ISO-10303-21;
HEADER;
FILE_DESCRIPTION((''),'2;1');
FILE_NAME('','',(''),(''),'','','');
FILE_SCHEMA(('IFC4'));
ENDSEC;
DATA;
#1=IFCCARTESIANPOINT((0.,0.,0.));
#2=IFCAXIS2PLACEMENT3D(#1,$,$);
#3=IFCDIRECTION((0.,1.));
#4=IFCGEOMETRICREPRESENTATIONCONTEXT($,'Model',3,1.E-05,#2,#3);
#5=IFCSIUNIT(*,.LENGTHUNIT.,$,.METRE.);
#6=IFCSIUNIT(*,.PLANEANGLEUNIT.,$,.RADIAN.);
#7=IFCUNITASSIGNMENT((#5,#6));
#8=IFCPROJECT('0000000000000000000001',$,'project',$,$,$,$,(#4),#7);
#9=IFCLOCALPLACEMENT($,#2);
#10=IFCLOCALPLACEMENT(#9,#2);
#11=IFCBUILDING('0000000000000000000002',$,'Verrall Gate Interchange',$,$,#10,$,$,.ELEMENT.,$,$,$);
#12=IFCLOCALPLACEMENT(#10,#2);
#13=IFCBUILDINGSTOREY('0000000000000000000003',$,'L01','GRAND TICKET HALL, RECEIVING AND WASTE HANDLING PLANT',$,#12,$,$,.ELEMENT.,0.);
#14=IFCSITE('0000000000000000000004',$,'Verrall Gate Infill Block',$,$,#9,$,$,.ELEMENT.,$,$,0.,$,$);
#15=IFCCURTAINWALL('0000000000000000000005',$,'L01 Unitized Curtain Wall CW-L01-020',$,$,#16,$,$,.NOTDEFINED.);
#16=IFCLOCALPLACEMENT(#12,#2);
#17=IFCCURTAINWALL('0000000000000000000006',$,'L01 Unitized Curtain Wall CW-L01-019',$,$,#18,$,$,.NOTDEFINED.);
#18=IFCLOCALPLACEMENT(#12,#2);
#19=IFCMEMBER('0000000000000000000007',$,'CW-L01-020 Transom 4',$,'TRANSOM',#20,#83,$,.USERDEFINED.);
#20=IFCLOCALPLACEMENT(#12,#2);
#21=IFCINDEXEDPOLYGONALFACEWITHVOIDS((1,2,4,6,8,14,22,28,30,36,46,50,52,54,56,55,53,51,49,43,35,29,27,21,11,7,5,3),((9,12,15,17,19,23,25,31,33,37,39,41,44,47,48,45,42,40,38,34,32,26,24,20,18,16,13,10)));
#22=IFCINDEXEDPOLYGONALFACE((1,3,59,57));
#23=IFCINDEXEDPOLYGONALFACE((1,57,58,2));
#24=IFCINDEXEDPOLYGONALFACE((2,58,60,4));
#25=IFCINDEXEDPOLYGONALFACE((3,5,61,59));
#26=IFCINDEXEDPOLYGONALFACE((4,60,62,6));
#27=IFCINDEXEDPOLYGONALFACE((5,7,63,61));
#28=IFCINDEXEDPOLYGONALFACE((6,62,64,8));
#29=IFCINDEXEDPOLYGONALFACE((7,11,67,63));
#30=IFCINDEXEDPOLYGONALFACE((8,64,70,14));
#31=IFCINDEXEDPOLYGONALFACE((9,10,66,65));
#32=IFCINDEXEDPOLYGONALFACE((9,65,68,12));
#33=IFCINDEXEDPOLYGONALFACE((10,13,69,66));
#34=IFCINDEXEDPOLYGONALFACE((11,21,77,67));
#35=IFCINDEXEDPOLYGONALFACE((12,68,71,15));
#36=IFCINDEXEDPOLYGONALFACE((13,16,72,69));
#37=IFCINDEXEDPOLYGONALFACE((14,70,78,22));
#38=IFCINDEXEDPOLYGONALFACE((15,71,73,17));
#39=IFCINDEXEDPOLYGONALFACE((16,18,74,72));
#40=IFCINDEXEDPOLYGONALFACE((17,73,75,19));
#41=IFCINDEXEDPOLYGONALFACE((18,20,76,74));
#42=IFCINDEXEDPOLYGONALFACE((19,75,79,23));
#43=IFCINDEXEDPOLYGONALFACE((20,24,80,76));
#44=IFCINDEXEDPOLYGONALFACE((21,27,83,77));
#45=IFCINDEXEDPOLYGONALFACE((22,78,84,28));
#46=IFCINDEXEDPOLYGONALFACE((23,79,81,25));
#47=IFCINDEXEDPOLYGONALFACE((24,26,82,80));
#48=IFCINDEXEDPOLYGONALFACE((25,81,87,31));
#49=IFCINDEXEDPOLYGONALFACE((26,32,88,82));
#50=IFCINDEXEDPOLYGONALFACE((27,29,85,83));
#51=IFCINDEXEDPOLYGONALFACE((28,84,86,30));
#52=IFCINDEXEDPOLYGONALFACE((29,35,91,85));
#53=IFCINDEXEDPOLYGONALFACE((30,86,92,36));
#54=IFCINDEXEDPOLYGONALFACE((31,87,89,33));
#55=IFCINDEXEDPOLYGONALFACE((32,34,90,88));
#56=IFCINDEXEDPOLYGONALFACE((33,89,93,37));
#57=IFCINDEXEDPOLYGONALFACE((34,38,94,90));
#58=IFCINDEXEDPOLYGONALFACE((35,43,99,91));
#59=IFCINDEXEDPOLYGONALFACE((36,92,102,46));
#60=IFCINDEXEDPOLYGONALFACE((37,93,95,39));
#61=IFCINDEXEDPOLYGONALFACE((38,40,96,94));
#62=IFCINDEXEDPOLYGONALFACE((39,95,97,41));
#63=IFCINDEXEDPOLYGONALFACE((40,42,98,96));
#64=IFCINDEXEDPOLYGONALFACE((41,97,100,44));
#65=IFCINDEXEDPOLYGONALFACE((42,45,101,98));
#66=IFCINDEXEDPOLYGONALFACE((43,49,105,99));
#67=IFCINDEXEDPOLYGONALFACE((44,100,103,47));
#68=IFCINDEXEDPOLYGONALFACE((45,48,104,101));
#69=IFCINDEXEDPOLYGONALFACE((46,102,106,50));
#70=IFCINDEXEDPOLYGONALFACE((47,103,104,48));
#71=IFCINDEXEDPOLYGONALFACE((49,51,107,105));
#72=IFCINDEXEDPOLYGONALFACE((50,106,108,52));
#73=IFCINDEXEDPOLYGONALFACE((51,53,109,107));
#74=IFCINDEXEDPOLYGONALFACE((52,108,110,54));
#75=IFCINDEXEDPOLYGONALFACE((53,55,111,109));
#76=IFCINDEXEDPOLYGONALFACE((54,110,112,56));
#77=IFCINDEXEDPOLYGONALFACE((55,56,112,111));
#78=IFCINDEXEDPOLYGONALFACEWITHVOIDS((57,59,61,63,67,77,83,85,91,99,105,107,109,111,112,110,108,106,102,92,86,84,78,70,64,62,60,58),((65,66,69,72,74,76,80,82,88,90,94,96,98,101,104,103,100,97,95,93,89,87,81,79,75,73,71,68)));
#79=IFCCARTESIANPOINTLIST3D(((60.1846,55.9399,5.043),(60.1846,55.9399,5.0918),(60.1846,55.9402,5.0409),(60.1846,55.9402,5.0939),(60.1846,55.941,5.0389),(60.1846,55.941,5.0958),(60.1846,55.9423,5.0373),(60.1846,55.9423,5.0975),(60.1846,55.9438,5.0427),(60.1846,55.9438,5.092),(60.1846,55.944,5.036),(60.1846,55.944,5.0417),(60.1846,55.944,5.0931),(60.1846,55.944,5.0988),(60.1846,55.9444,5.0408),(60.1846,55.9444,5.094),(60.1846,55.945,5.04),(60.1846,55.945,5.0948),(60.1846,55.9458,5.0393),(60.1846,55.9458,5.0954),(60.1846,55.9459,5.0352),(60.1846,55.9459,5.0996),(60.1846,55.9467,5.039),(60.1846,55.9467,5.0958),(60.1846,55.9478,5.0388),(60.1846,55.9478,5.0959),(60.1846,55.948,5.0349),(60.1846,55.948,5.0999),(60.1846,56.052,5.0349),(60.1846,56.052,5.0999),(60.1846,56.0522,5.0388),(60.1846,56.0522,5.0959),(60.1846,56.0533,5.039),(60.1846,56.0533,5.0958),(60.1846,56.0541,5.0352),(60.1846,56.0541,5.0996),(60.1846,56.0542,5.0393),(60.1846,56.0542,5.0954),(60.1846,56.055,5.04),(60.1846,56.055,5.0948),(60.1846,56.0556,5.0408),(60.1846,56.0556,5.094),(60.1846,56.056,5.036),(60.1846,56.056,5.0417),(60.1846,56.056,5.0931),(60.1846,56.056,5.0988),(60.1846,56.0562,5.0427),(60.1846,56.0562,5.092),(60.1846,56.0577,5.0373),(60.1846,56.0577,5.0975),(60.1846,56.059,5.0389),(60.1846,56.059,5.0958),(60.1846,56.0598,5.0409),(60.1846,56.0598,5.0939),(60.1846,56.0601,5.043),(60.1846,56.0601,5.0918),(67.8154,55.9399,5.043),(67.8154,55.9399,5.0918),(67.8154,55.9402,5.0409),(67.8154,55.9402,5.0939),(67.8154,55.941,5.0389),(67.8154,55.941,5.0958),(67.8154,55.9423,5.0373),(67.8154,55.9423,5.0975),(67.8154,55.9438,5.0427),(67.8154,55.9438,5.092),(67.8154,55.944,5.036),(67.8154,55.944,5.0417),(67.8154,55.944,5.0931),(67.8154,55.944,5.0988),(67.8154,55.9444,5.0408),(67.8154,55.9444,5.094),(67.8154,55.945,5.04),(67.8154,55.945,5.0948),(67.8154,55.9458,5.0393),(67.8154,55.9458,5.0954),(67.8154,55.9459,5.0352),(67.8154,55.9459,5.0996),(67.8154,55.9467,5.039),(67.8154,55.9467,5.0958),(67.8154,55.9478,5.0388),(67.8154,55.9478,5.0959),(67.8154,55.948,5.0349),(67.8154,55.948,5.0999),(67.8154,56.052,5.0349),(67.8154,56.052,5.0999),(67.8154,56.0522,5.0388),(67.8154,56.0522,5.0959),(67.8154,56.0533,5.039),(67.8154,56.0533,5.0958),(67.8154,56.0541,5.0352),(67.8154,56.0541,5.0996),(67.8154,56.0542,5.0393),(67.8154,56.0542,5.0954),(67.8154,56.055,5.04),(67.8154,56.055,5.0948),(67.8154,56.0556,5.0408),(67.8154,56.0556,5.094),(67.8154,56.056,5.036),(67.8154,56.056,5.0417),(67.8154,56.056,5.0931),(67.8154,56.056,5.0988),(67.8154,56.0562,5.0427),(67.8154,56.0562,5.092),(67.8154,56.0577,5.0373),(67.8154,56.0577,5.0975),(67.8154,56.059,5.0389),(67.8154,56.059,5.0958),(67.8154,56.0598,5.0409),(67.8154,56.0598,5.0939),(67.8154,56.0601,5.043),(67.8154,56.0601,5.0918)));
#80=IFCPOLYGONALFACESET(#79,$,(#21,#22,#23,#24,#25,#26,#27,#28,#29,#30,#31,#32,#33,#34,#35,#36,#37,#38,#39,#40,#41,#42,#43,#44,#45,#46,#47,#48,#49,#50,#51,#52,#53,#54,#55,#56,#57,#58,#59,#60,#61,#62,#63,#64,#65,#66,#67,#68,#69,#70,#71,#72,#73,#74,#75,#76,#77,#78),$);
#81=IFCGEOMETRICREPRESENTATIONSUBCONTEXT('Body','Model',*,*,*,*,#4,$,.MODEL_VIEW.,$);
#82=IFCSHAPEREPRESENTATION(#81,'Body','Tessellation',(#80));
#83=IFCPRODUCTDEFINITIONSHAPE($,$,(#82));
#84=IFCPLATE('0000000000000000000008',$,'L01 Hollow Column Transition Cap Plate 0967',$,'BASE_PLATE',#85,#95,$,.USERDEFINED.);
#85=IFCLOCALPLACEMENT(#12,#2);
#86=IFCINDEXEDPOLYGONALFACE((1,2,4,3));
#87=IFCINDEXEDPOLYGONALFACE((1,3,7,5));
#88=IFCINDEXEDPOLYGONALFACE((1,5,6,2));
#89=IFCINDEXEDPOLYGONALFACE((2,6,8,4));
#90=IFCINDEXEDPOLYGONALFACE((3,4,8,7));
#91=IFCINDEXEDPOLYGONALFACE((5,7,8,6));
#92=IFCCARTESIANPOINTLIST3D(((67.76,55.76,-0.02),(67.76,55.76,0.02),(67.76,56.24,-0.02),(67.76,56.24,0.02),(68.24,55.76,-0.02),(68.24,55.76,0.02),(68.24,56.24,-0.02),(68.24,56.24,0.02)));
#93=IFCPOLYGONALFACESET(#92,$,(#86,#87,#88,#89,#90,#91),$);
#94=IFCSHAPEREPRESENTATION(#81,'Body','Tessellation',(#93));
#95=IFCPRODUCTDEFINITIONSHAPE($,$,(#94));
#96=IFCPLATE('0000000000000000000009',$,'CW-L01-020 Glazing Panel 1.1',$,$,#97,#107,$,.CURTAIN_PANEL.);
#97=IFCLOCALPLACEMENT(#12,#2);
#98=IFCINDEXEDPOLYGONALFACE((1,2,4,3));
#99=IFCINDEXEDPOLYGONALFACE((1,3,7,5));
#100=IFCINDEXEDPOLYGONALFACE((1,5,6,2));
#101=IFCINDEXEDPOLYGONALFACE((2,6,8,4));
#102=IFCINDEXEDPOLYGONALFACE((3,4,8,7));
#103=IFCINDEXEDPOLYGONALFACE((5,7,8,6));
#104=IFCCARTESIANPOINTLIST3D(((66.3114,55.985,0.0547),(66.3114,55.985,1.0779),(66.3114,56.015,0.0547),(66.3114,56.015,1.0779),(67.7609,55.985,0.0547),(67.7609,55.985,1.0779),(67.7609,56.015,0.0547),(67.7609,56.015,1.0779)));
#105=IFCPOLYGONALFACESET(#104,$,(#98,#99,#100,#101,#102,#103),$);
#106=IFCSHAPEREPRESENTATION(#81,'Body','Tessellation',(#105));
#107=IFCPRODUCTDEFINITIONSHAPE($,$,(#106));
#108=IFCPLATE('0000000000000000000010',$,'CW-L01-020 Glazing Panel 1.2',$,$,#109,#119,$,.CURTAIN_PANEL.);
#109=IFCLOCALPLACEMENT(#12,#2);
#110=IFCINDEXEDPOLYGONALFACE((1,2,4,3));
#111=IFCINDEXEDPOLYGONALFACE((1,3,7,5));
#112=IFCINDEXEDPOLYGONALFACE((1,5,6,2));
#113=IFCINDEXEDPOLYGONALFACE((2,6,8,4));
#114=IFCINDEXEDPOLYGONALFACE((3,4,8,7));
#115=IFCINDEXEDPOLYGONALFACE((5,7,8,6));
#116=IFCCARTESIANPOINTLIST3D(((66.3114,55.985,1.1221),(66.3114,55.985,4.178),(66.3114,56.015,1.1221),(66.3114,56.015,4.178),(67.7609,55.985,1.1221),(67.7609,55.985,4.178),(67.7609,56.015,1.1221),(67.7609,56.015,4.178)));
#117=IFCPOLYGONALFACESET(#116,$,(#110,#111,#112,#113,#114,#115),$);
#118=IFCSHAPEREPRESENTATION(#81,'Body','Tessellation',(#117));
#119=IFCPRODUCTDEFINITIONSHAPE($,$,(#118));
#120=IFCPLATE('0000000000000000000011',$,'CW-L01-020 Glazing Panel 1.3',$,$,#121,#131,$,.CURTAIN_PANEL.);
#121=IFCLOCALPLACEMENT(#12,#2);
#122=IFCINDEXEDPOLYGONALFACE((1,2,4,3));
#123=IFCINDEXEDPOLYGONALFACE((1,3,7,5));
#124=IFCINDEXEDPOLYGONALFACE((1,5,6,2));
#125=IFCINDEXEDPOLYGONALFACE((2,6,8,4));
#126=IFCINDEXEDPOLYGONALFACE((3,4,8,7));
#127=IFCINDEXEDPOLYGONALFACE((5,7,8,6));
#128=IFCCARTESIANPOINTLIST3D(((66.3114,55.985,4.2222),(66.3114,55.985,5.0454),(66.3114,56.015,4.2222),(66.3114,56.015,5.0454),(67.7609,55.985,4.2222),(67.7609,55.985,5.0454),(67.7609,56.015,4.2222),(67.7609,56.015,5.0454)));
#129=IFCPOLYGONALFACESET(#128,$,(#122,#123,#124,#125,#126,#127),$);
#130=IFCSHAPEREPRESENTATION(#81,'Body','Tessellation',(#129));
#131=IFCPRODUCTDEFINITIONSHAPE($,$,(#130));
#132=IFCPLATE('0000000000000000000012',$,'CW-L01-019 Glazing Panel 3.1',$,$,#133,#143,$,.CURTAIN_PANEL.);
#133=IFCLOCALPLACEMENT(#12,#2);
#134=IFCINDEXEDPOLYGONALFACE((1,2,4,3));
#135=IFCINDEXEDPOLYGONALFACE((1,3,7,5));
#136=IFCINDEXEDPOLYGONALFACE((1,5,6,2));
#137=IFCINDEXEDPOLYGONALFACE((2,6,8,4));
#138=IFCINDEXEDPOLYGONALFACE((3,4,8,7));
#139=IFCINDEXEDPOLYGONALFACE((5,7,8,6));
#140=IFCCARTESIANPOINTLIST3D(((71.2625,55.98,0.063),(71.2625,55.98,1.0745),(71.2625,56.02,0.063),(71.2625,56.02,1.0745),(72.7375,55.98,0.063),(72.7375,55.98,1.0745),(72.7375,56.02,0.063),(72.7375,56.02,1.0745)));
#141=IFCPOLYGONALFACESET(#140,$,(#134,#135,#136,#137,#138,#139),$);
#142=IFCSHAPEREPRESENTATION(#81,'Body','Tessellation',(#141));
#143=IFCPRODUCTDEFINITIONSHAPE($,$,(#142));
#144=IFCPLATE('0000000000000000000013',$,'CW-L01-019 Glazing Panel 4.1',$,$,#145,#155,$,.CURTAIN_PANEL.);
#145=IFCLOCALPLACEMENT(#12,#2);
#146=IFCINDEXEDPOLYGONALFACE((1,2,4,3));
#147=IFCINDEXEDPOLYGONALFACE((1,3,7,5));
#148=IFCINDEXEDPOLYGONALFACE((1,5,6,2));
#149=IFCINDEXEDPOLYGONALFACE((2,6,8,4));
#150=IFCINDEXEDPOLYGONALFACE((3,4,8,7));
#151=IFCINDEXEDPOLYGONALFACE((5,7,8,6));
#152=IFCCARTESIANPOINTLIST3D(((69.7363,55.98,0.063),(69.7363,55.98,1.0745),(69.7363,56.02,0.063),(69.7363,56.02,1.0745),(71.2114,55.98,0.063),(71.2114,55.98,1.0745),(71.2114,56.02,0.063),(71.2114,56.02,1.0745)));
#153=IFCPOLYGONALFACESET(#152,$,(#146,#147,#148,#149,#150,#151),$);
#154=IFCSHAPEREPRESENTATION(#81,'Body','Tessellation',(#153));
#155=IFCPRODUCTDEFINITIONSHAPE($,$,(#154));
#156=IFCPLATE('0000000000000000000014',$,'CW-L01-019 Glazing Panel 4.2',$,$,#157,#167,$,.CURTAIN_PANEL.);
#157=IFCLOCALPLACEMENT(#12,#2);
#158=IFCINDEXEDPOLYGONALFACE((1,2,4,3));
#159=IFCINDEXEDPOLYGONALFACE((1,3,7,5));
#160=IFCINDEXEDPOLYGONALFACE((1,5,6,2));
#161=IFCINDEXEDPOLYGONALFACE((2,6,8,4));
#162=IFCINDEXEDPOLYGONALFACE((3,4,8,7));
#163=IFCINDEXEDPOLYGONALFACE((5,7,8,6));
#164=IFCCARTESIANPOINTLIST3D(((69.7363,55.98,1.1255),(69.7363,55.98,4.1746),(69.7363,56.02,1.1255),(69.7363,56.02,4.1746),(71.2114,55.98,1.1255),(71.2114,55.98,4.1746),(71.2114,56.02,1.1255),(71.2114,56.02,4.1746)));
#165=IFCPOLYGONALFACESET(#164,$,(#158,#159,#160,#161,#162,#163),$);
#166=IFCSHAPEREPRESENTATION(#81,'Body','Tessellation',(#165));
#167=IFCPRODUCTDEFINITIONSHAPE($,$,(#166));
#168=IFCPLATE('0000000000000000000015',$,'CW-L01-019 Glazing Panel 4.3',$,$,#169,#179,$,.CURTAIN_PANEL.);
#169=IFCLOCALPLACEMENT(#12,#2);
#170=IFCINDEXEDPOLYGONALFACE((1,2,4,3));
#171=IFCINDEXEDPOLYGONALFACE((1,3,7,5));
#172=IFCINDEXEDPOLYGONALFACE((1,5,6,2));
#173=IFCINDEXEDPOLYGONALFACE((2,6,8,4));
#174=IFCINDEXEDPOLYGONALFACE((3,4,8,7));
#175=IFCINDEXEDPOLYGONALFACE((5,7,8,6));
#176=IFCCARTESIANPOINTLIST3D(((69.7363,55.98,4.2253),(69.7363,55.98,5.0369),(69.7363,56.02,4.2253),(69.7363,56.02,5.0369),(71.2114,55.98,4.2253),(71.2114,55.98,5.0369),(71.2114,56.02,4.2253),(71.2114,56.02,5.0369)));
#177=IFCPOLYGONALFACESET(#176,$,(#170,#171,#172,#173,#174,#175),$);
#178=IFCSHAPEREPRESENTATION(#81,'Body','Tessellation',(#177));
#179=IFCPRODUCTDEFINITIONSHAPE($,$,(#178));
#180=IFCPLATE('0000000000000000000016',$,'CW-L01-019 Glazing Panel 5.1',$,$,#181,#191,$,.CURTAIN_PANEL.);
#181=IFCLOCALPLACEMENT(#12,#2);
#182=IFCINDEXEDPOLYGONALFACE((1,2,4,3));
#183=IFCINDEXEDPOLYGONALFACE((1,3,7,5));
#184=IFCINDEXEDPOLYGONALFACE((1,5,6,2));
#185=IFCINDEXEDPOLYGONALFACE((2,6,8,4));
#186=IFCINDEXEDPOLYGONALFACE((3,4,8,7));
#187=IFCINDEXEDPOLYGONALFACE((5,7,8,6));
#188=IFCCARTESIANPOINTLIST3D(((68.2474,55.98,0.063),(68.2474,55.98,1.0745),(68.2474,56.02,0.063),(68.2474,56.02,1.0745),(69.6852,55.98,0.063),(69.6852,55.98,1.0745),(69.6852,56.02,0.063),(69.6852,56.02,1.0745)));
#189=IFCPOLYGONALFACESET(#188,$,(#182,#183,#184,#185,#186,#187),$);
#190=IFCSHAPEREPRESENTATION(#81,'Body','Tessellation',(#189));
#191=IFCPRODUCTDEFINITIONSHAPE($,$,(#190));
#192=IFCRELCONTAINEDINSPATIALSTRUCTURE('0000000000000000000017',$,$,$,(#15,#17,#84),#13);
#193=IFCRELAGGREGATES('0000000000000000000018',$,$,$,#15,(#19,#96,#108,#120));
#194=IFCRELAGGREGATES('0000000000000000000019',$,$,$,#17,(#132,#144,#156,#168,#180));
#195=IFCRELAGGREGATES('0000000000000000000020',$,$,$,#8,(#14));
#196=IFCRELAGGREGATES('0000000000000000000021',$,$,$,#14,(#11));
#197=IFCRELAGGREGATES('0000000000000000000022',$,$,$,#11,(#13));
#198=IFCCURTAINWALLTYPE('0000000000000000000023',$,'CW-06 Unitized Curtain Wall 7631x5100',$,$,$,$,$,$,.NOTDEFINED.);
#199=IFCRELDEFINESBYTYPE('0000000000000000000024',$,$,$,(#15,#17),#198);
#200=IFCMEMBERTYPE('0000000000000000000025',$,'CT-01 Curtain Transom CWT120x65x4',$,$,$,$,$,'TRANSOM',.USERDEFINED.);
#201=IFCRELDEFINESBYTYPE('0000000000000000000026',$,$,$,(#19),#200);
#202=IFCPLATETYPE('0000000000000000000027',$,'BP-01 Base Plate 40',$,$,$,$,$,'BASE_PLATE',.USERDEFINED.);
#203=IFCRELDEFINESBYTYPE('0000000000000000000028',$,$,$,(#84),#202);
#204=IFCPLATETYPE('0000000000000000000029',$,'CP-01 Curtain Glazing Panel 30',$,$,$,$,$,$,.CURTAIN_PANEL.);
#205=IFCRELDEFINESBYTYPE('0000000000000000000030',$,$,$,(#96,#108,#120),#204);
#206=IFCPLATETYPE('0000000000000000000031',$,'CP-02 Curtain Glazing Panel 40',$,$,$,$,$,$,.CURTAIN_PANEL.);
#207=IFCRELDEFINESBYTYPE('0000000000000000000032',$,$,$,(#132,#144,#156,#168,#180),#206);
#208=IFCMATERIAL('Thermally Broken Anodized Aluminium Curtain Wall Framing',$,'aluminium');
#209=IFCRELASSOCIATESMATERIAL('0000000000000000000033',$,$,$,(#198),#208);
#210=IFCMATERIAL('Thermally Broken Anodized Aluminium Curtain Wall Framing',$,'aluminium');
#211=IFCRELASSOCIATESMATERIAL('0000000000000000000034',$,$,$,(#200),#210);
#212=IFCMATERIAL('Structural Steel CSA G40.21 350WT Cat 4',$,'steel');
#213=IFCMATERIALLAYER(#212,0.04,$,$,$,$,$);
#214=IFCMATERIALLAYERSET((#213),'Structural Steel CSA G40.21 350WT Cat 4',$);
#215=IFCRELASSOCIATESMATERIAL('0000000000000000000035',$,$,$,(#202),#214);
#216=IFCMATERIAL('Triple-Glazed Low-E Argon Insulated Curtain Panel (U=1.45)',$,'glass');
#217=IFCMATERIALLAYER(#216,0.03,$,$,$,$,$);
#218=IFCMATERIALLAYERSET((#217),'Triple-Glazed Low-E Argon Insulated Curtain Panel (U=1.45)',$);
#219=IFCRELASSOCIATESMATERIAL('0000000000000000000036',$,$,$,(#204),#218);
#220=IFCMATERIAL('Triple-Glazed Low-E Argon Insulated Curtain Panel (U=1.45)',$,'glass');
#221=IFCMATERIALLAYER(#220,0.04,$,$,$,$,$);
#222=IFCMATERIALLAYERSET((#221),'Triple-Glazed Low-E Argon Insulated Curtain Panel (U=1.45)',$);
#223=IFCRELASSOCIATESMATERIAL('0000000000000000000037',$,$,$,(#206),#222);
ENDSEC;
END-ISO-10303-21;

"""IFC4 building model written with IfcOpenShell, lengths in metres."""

from ifc_helpers import new_model, si_unit, direction, frame, origin, origin_2d, place, context, subcontext, project, spatial, rectangle, hollow_rectangle, extrude, material, layer, layer_set, material_profile, profile_set, type_object, element, aggregate, save


model = new_model("IFC4")

# Units and contexts
model_context = context("Model", 3, precision=1e-05, world=origin(), true_north=direction((0.0, 1.0)))
body_context = subcontext(model_context, "Body", "Model", "MODEL_VIEW")
ifc_project = project(units=[si_unit("LENGTHUNIT", "METRE"), si_unit("PLANEANGLEUNIT", "RADIAN")], contexts=[model_context])

# Site, building, storey
site_placement = place(None, origin())
site = spatial("IfcSite", under=ifc_project, at=site_placement, Name="Verrall Gate Infill Block", CompositionType="ELEMENT", RefElevation=0.0)
building_placement = place(site_placement, origin())
building = spatial("IfcBuilding", under=site, at=building_placement, Name="Verrall Gate Interchange", CompositionType="ELEMENT")
storey_placement = place(building_placement, origin())
storey = spatial("IfcBuildingStorey", under=building, at=storey_placement, Name="L01", Description="GRAND TICKET HALL, RECEIVING AND WASTE HANDLING PLANT", CompositionType="ELEMENT", Elevation=0.0)

# Curtain wall
ifc_material_1 = material(Name="Thermally Broken Anodized Aluminium Curtain Wall Framing", Category="aluminium")
curtain_wall_type = type_object("IfcCurtainWallType", Name="CW-06 Unitized Curtain Wall 7631x5100", PredefinedType="NOTDEFINED", material=ifc_material_1)
curtain_wall_1_placement = place(storey_placement, origin())
curtain_wall_1 = element("IfcCurtainWall", 1, at=curtain_wall_1_placement, inside=storey, type_object=curtain_wall_type, Name="L01 Unitized Curtain Wall CW-L01-020", PredefinedType="NOTDEFINED")

# Curtain wall
curtain_wall_2_placement = place(storey_placement, origin())
curtain_wall_2 = element("IfcCurtainWall", 2, at=curtain_wall_2_placement, inside=storey, type_object=curtain_wall_type, Name="L01 Unitized Curtain Wall CW-L01-019", PredefinedType="NOTDEFINED")

# Member
ifc_material_2 = material(Name="Thermally Broken Anodized Aluminium Curtain Wall Framing", Category="aluminium")
ifc_material_profile_1 = material_profile(ifc_material_2, hollow_rectangle(XDim=0.1201, YDim=0.0649, WallThickness=0.0039, InnerFilletRadius=0.0039, OuterFilletRadius=0.0081, at=origin_2d()), Name="CWT120x65x4")
ifc_profile_set_1 = profile_set([ifc_material_profile_1], Name="Thermally Broken Anodized Aluminium Curtain Wall Framing")
member_type_1 = type_object("IfcMemberType", Name="CT-01 Curtain Transom CWT120x65x4", ElementType="TRANSOM", PredefinedType="USERDEFINED", material=ifc_profile_set_1)
member_1_placement = place(storey_placement, frame((67.8154, 56.0, 5.0674), z_axis=(-1.0, 0.0, 0.0), x_axis=(0.0, -1.0, 0.0)))
member_1 = element("IfcMember", 3, at=member_1_placement, type_object=member_type_1, Name="CW-L01-020 Transom 4", ObjectType="TRANSOM", PredefinedType="USERDEFINED", context=body_context, shape_type="SweptSolid", body=[
    extrude(hollow_rectangle(XDim=0.1201, YDim=0.0649, WallThickness=0.0039, InnerFilletRadius=0.0039, OuterFilletRadius=0.0081, at=origin_2d()), origin(), (0.0, 0.0, 1.0), 7.6309),
])

# Plates
ifc_material_3 = material(Name="Structural Steel CSA G40.21 350WT Cat 4", Category="steel")
ifc_layer_1 = layer(ifc_material_3, 0.04)
ifc_layer_set_1 = layer_set([ifc_layer_1], Name="Structural Steel CSA G40.21 350WT Cat 4")
plate_type_1 = type_object("IfcPlateType", Name="BP-01 Base Plate 40", ElementType="BASE_PLATE", PredefinedType="USERDEFINED", material=ifc_layer_set_1)
plate_1_placement = place(storey_placement, frame((68.0, 56.0, -0.02), z_axis=(0.0, 0.0, 1.0), x_axis=(1.0, 0.0, 0.0)))
element("IfcPlate", 4, at=plate_1_placement, inside=storey, type_object=plate_type_1, Name="L01 Hollow Column Transition Cap Plate 0967", ObjectType="BASE_PLATE", PredefinedType="USERDEFINED", context=body_context, shape_type="SweptSolid", body=[
    extrude(rectangle(XDim=0.48, YDim=0.48, at=origin_2d()), origin(), (0.0, 0.0, 1.0), 0.04),
])
ifc_material_4 = material(Name="Triple-Glazed Low-E Argon Insulated Curtain Panel (U=1.45)", Category="glass")
ifc_layer_2 = layer(ifc_material_4, 0.03)
ifc_layer_set_2 = layer_set([ifc_layer_2], Name="Triple-Glazed Low-E Argon Insulated Curtain Panel (U=1.45)")
plate_type_2 = type_object("IfcPlateType", Name="CP-01 Curtain Glazing Panel 30", PredefinedType="CURTAIN_PANEL", material=ifc_layer_set_2)
plate_2_placement = place(storey_placement, frame((67.0361, 56.0, 0.0547), z_axis=(0.0, 0.0, 1.0), x_axis=(-1.0, 0.0, 0.0)))
plate_2 = element("IfcPlate", 5, at=plate_2_placement, type_object=plate_type_2, Name="CW-L01-020 Glazing Panel 1.1", PredefinedType="CURTAIN_PANEL", context=body_context, shape_type="SweptSolid", body=[
    extrude(rectangle(XDim=1.4495, YDim=0.03, at=origin_2d()), origin(), (0.0, 0.0, 1.0), 1.0232),
])
plate_3_placement = place(storey_placement, frame((67.0361, 56.0, 1.1221), z_axis=(0.0, 0.0, 1.0), x_axis=(-1.0, 0.0, 0.0)))
plate_3 = element("IfcPlate", 6, at=plate_3_placement, type_object=plate_type_2, Name="CW-L01-020 Glazing Panel 1.2", PredefinedType="CURTAIN_PANEL", context=body_context, shape_type="SweptSolid", body=[
    extrude(rectangle(XDim=1.4495, YDim=0.03, at=origin_2d()), origin(), (0.0, 0.0, 1.0), 3.0559),
])
plate_4_placement = place(storey_placement, frame((67.0361, 56.0, 4.2222), z_axis=(0.0, 0.0, 1.0), x_axis=(-1.0, 0.0, 0.0)))
plate_4 = element("IfcPlate", 7, at=plate_4_placement, type_object=plate_type_2, Name="CW-L01-020 Glazing Panel 1.3", PredefinedType="CURTAIN_PANEL", context=body_context, shape_type="SweptSolid", body=[
    extrude(rectangle(XDim=1.4495, YDim=0.03, at=origin_2d()), origin(), (0.0, 0.0, 1.0), 0.8232),
])
aggregate(curtain_wall_1, [member_1, plate_2, plate_3, plate_4])
ifc_material_5 = material(Name="Triple-Glazed Low-E Argon Insulated Curtain Panel (U=1.45)", Category="glass")
ifc_layer_3 = layer(ifc_material_5, 0.04)
ifc_layer_set_3 = layer_set([ifc_layer_3], Name="Triple-Glazed Low-E Argon Insulated Curtain Panel (U=1.45)")
plate_type_3 = type_object("IfcPlateType", Name="CP-02 Curtain Glazing Panel 40", PredefinedType="CURTAIN_PANEL", material=ifc_layer_set_3)
plate_5_placement = place(storey_placement, frame((72.0, 56.0, 0.063), z_axis=(0.0, 0.0, 1.0), x_axis=(-1.0, 0.0, 0.0)))
plate_5 = element("IfcPlate", 8, at=plate_5_placement, type_object=plate_type_3, Name="CW-L01-019 Glazing Panel 3.1", PredefinedType="CURTAIN_PANEL", context=body_context, shape_type="SweptSolid", body=[
    extrude(rectangle(XDim=1.4751, YDim=0.04, at=origin_2d()), origin(), (0.0, 0.0, 1.0), 1.0115),
])
plate_6_placement = place(storey_placement, frame((70.4739, 56.0, 0.063), z_axis=(0.0, 0.0, 1.0), x_axis=(-1.0, 0.0, 0.0)))
plate_6 = element("IfcPlate", 9, at=plate_6_placement, type_object=plate_type_3, Name="CW-L01-019 Glazing Panel 4.1", PredefinedType="CURTAIN_PANEL", context=body_context, shape_type="SweptSolid", body=[
    extrude(rectangle(XDim=1.4751, YDim=0.04, at=origin_2d()), origin(), (0.0, 0.0, 1.0), 1.0115),
])
plate_7_placement = place(storey_placement, frame((70.4739, 56.0, 1.1255), z_axis=(0.0, 0.0, 1.0), x_axis=(-1.0, 0.0, 0.0)))
plate_7 = element("IfcPlate", 10, at=plate_7_placement, type_object=plate_type_3, Name="CW-L01-019 Glazing Panel 4.2", PredefinedType="CURTAIN_PANEL", context=body_context, shape_type="SweptSolid", body=[
    extrude(rectangle(XDim=1.4751, YDim=0.04, at=origin_2d()), origin(), (0.0, 0.0, 1.0), 3.0491),
])
plate_8_placement = place(storey_placement, frame((70.4739, 56.0, 4.2253), z_axis=(0.0, 0.0, 1.0), x_axis=(-1.0, 0.0, 0.0)))
plate_8 = element("IfcPlate", 11, at=plate_8_placement, type_object=plate_type_3, Name="CW-L01-019 Glazing Panel 4.3", PredefinedType="CURTAIN_PANEL", context=body_context, shape_type="SweptSolid", body=[
    extrude(rectangle(XDim=1.4751, YDim=0.04, at=origin_2d()), origin(), (0.0, 0.0, 1.0), 0.8115),
])
plate_9_placement = place(storey_placement, frame((68.9663, 56.0, 0.063), z_axis=(0.0, 0.0, 1.0), x_axis=(-1.0, 0.0, 0.0)))
plate_9 = element("IfcPlate", 12, at=plate_9_placement, type_object=plate_type_3, Name="CW-L01-019 Glazing Panel 5.1", PredefinedType="CURTAIN_PANEL", context=body_context, shape_type="SweptSolid", body=[
    extrude(rectangle(XDim=1.4377, YDim=0.04, at=origin_2d()), origin(), (0.0, 0.0, 1.0), 1.0115),
])
aggregate(curtain_wall_2, [plate_5, plate_6, plate_7, plate_8, plate_9])

save(model, "model.ifc")
